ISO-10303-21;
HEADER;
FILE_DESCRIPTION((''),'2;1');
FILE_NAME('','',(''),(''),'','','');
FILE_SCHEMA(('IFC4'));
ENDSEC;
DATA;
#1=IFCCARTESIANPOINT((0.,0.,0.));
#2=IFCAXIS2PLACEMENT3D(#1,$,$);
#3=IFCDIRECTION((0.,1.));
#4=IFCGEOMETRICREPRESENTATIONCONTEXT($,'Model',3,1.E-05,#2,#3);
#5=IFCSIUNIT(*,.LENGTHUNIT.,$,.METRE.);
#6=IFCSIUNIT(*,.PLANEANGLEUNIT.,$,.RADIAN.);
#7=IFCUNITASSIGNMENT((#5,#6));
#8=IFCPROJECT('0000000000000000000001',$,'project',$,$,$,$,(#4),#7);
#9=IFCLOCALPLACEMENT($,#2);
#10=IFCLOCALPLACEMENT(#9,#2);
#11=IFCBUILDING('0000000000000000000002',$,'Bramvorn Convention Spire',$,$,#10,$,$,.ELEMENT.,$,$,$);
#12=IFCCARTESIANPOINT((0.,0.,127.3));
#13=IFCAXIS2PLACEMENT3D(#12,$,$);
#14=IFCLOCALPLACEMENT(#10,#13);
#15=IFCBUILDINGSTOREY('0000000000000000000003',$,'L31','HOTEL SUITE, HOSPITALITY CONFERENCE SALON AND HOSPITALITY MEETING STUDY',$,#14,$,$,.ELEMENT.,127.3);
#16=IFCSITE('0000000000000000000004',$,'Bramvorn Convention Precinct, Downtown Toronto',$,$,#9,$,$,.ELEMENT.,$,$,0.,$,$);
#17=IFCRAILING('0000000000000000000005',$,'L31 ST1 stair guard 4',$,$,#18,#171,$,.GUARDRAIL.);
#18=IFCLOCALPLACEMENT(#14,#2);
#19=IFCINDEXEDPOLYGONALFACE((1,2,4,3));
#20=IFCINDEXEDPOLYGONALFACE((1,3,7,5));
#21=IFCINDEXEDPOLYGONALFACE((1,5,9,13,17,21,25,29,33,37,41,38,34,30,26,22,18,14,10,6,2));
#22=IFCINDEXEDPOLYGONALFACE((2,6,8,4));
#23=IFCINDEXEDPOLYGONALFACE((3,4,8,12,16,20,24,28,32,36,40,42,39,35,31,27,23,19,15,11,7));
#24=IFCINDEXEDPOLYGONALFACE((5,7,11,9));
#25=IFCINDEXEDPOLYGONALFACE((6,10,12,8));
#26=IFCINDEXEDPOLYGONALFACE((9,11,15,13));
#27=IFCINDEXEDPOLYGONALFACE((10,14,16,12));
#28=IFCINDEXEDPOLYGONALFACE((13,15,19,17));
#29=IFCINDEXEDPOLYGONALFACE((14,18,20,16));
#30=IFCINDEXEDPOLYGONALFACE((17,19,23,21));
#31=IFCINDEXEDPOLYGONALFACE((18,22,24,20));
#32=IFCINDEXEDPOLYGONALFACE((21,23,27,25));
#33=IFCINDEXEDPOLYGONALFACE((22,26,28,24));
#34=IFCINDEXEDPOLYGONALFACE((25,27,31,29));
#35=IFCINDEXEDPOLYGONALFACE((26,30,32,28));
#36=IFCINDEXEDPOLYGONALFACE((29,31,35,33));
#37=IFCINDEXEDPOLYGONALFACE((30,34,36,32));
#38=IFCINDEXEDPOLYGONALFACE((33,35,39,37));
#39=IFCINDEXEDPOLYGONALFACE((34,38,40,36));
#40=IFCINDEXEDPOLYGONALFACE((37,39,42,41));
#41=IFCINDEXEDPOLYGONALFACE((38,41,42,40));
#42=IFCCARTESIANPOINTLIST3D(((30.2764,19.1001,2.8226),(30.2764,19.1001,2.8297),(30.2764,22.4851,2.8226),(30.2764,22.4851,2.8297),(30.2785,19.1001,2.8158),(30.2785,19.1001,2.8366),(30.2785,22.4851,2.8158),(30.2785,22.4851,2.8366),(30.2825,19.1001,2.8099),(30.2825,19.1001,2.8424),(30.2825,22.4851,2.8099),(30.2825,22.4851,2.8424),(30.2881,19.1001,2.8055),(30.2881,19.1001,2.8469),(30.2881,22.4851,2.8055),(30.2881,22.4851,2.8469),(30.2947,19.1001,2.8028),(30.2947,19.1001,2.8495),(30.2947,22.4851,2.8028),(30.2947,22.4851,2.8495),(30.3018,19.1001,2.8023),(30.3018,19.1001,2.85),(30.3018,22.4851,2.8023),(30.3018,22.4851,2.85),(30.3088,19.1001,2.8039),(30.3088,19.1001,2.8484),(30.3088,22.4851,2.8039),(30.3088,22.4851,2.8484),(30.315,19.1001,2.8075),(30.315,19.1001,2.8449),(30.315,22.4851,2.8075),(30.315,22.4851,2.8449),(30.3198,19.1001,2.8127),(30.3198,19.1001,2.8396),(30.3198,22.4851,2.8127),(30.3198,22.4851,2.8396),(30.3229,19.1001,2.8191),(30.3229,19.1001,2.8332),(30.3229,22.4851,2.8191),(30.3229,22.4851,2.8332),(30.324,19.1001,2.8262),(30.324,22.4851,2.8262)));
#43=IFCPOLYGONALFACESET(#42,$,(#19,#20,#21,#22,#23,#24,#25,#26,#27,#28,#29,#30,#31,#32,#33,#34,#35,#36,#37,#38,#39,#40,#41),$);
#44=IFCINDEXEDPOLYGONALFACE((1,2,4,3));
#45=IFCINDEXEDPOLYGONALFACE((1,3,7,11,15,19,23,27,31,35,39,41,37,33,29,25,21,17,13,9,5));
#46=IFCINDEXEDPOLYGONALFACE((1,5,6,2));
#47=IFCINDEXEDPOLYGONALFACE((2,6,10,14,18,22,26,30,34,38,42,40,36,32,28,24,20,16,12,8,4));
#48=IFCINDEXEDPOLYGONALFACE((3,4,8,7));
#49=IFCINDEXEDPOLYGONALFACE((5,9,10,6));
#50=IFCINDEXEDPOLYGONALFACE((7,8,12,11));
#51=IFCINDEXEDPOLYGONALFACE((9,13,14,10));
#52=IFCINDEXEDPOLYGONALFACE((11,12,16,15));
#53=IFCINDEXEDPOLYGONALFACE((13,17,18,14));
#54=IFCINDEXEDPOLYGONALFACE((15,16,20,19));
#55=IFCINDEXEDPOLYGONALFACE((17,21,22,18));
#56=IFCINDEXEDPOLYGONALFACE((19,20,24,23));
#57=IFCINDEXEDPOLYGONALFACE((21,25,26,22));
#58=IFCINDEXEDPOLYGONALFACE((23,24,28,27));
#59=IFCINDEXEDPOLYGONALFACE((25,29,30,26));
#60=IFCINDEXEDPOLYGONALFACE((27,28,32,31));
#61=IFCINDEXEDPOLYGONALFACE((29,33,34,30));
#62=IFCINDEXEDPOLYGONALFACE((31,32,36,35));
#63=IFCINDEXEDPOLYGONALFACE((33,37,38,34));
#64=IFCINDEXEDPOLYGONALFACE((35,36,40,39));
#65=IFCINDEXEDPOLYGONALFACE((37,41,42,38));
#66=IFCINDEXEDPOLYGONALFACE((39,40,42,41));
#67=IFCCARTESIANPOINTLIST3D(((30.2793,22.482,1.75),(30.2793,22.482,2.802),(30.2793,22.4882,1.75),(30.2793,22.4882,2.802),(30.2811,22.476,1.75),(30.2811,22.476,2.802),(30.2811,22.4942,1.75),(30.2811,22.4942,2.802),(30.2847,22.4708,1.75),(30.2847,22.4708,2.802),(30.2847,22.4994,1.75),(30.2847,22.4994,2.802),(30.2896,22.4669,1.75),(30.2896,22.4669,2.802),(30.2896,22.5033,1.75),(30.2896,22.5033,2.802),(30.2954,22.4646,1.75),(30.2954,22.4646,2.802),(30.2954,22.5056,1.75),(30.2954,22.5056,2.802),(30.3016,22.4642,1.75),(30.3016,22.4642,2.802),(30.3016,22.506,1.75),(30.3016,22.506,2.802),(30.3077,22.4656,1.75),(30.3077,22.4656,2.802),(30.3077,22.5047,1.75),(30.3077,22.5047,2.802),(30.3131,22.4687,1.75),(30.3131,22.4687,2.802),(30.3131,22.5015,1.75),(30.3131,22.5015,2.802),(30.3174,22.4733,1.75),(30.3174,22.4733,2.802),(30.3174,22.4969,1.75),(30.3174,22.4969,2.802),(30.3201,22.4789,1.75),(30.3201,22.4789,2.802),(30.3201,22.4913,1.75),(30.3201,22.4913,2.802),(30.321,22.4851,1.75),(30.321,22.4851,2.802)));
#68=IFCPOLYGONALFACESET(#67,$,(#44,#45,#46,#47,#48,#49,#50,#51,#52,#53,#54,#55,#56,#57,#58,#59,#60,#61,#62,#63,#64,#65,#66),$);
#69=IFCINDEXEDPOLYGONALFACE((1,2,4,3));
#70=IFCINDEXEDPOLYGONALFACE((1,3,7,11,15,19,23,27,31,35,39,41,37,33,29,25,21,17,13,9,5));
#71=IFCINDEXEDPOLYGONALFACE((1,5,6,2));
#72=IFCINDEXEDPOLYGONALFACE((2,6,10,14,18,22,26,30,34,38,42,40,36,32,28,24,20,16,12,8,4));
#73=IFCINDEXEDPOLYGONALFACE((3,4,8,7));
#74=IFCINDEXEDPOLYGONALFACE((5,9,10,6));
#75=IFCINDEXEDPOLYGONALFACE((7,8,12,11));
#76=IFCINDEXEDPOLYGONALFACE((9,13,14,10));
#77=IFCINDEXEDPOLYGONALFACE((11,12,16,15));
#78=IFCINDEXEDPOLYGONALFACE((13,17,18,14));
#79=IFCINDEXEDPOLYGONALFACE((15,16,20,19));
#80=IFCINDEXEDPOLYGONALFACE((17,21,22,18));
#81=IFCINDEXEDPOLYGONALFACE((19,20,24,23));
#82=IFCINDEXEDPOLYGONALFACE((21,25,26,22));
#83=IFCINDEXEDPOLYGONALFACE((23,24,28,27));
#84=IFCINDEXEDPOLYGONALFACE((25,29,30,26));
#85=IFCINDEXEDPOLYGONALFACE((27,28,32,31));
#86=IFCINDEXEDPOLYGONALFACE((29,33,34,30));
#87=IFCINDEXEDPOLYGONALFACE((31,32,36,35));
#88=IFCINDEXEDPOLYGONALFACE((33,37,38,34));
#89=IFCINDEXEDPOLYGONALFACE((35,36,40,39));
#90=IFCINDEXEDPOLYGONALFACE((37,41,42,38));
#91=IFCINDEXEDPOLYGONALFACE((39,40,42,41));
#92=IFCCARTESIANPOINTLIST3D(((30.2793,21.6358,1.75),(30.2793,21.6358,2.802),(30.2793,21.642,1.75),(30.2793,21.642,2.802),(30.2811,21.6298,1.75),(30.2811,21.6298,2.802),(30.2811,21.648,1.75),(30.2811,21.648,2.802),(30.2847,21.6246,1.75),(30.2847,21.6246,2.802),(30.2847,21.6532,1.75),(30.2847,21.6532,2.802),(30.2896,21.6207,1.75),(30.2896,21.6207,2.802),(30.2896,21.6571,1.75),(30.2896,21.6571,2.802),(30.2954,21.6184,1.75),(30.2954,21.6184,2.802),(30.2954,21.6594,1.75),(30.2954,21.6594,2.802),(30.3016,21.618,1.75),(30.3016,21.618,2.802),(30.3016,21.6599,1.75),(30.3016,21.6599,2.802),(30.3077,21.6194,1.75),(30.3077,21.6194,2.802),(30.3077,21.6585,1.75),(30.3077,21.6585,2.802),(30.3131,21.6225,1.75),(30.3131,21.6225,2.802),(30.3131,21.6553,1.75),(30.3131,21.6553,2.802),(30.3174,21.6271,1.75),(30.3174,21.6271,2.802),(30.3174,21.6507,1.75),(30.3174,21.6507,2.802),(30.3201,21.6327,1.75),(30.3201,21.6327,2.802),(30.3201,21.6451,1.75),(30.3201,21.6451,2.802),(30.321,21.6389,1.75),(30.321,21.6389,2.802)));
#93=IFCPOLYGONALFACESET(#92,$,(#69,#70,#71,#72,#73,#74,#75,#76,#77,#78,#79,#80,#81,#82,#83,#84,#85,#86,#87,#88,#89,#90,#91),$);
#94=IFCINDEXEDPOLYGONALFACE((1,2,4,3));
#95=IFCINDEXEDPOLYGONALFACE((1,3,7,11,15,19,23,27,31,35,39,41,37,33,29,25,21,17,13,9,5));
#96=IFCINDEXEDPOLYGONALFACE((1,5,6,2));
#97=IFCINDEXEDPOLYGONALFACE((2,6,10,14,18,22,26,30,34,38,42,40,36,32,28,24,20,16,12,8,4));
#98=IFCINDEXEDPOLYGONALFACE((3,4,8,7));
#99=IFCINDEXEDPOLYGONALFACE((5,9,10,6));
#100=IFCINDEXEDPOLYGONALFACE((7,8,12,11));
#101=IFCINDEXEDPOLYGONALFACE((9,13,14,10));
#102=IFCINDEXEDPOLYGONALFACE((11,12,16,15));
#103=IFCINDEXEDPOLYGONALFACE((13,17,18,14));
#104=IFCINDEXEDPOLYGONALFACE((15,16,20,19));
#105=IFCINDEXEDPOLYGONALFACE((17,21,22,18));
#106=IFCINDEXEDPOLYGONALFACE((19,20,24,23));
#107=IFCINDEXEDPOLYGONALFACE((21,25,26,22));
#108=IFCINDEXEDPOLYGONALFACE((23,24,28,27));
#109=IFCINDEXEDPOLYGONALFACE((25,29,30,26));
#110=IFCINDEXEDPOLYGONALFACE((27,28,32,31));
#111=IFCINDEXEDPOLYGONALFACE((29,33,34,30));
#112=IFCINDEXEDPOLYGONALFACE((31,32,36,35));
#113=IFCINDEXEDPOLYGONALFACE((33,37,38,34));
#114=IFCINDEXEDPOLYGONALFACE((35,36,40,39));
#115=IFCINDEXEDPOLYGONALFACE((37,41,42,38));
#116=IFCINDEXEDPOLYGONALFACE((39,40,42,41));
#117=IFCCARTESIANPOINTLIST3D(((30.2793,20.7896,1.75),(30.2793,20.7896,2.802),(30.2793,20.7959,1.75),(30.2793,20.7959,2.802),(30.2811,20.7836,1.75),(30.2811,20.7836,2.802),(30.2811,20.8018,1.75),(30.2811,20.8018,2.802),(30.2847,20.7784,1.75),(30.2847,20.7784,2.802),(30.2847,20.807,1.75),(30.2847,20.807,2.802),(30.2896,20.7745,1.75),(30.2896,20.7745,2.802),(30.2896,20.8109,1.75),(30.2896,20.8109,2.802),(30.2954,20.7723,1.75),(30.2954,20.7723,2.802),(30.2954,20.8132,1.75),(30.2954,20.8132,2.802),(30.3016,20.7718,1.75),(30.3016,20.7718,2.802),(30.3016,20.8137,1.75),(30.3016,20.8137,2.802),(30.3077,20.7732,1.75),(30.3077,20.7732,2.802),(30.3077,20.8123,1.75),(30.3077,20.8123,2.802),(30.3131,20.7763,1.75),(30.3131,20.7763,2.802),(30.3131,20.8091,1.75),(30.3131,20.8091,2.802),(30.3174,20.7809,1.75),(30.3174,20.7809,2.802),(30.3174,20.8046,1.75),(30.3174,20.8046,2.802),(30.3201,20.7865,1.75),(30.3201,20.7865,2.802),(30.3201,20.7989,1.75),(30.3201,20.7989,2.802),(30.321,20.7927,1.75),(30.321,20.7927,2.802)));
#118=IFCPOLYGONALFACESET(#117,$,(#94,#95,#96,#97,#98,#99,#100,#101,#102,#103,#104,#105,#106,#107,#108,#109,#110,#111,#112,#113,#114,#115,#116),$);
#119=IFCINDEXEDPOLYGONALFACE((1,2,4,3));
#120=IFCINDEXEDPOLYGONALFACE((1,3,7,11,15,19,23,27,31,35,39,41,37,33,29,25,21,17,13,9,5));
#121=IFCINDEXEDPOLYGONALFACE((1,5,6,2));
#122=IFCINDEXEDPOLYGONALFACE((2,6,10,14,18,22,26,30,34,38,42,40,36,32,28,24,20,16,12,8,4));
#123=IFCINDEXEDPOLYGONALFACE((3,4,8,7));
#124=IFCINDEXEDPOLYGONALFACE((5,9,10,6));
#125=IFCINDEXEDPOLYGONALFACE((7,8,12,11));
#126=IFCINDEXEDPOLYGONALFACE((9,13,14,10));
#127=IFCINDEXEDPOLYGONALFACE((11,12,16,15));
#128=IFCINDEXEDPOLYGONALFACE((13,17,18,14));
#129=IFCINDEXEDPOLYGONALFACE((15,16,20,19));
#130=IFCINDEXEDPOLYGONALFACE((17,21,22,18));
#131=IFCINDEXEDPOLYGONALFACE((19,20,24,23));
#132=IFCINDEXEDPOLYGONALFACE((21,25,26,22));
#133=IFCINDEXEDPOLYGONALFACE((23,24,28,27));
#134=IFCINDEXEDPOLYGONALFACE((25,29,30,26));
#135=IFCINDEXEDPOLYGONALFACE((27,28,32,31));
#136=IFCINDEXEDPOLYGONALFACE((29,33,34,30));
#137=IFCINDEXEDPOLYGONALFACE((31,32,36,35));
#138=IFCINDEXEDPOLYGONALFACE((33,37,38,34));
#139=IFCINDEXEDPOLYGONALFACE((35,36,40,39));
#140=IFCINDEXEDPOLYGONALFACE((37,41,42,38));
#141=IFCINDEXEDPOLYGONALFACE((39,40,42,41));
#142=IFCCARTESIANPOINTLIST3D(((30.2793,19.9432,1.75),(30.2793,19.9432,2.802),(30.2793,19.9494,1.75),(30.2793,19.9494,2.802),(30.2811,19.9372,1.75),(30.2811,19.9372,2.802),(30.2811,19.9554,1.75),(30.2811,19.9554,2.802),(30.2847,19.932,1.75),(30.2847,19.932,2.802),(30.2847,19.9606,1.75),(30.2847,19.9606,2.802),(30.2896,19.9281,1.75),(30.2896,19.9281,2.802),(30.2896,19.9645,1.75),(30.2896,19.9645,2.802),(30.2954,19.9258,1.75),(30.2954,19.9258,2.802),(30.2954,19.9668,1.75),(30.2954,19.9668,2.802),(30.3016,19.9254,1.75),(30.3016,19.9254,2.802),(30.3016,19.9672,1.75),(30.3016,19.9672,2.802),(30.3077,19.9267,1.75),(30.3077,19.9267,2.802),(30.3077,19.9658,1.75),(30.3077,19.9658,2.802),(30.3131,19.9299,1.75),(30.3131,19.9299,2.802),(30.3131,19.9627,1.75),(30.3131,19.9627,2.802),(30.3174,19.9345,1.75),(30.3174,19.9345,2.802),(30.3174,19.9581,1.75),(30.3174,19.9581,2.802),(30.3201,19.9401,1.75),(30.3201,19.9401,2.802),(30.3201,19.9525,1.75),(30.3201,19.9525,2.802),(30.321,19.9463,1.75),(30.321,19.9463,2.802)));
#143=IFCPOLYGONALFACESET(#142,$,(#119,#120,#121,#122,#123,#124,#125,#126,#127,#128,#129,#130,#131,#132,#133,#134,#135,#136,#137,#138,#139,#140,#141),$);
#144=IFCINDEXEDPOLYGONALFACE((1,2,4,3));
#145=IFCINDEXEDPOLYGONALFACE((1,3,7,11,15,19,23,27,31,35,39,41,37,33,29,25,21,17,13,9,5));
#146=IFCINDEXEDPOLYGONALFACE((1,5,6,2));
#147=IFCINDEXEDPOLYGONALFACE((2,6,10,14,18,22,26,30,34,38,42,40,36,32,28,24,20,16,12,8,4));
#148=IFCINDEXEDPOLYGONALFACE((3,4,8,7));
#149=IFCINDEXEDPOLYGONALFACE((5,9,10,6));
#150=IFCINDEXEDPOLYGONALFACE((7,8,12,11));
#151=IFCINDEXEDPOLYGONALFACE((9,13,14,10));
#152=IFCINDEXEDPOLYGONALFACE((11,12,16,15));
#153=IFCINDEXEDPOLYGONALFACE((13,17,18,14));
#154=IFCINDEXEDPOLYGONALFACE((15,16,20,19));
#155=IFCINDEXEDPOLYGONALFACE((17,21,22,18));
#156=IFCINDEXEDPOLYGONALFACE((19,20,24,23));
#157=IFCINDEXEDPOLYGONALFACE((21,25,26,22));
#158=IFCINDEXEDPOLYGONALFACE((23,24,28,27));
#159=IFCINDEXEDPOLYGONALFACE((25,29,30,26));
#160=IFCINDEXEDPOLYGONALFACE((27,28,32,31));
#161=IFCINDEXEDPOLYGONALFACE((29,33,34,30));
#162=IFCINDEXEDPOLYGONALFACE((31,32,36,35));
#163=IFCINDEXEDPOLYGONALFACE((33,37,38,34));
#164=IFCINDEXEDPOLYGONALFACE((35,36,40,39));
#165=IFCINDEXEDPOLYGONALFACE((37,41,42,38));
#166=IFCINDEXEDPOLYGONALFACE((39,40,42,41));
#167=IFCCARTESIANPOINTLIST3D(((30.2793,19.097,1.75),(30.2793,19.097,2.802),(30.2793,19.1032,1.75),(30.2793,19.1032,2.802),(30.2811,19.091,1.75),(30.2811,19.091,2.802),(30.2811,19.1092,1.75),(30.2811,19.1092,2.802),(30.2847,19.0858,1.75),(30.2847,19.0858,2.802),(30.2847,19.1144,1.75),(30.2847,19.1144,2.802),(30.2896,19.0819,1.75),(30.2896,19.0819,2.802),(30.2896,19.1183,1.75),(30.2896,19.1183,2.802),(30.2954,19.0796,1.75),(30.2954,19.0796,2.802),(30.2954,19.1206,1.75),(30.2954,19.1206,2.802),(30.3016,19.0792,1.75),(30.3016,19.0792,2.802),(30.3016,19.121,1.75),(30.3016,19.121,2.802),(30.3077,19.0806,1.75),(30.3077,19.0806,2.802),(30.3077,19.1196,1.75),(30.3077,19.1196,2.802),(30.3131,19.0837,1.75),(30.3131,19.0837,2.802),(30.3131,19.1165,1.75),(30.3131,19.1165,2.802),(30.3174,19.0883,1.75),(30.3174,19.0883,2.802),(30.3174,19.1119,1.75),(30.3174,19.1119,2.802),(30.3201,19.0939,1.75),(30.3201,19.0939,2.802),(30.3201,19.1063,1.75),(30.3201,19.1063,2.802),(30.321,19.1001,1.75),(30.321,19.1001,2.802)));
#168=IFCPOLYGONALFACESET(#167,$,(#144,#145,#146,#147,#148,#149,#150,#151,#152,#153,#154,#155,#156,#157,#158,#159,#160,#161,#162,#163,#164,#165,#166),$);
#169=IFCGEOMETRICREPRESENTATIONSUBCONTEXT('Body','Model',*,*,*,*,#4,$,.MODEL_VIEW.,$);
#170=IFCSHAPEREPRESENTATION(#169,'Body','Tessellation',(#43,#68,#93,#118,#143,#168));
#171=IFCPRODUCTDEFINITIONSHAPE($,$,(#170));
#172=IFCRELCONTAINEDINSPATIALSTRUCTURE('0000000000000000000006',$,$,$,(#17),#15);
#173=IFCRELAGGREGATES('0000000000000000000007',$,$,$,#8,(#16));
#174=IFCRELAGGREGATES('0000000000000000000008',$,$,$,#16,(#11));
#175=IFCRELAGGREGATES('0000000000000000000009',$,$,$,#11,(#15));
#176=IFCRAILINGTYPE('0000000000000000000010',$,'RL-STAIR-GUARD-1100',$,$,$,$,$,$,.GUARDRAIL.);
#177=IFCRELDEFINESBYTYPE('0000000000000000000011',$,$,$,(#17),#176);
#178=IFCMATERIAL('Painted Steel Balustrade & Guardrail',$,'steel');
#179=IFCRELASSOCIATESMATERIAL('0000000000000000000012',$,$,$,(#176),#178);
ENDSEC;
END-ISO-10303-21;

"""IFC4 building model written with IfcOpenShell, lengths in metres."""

from ifc_helpers import new_model, si_unit, direction, frame, origin, origin_2d, place, context, subcontext, project, spatial, circle, extrude, material, type_object, element, save


model = new_model("IFC4")

# Units and contexts
model_context = context("Model", 3, precision=1e-05, world=origin(), true_north=direction((0.0, 1.0)))
body_context = subcontext(model_context, "Body", "Model", "MODEL_VIEW")
ifc_project = project(units=[si_unit("LENGTHUNIT", "METRE"), si_unit("PLANEANGLEUNIT", "RADIAN")], contexts=[model_context])

# Site, building, storey
site_placement = place(None, origin())
site = spatial("IfcSite", under=ifc_project, at=site_placement, Name="Bramvorn Convention Precinct, Downtown Toronto", CompositionType="ELEMENT", RefElevation=0.0)
building_placement = place(site_placement, origin())
building = spatial("IfcBuilding", under=site, at=building_placement, Name="Bramvorn Convention Spire", CompositionType="ELEMENT")
storey_placement = place(building_placement, frame((0.0, 0.0, 127.3)))
storey = spatial("IfcBuildingStorey", under=building, at=storey_placement, Name="L31", Description="HOTEL SUITE, HOSPITALITY CONFERENCE SALON AND HOSPITALITY MEETING STUDY", CompositionType="ELEMENT", Elevation=127.3)

# Railing
ifc_material_1 = material(Name="Painted Steel Balustrade & Guardrail", Category="steel")
railing_type_1 = type_object("IfcRailingType", Name="RL-STAIR-GUARD-1100", PredefinedType="GUARDRAIL", material=ifc_material_1)
railing_1_placement = place(storey_placement, frame((30.3, 22.4851, 1.75)))
element("IfcRailing", 1, at=railing_1_placement, inside=storey, type_object=railing_type_1, Name="L31 ST1 stair guard 4", PredefinedType="GUARDRAIL", context=body_context, shape_type="SweptSolid", body=[
    extrude(circle(Radius=0.0239, at=origin_2d()), frame((0.0, 0.0, 1.0762), z_axis=(0.0, -1.0, 0.0), x_axis=(1.0, 0.0, 0.0)), (0.0, 0.0, 1.0), 3.385),
    extrude(circle(Radius=0.021, at=origin_2d()), origin(), (0.0, 0.0, 1.0), 1.052),
    extrude(circle(Radius=0.021, at=origin_2d()), frame((0.0, -0.8462, 0.0)), (0.0, 0.0, 1.0), 1.052),
    extrude(circle(Radius=0.021, at=origin_2d()), frame((0.0, -1.6924, 0.0)), (0.0, 0.0, 1.0), 1.052),
    extrude(circle(Radius=0.021, at=origin_2d()), frame((0.0, -2.5388, 0.0)), (0.0, 0.0, 1.0), 1.052),
    extrude(circle(Radius=0.021, at=origin_2d()), frame((0.0, -3.385, 0.0)), (0.0, 0.0, 1.0), 1.052),
])

save(model, "model.ifc")
